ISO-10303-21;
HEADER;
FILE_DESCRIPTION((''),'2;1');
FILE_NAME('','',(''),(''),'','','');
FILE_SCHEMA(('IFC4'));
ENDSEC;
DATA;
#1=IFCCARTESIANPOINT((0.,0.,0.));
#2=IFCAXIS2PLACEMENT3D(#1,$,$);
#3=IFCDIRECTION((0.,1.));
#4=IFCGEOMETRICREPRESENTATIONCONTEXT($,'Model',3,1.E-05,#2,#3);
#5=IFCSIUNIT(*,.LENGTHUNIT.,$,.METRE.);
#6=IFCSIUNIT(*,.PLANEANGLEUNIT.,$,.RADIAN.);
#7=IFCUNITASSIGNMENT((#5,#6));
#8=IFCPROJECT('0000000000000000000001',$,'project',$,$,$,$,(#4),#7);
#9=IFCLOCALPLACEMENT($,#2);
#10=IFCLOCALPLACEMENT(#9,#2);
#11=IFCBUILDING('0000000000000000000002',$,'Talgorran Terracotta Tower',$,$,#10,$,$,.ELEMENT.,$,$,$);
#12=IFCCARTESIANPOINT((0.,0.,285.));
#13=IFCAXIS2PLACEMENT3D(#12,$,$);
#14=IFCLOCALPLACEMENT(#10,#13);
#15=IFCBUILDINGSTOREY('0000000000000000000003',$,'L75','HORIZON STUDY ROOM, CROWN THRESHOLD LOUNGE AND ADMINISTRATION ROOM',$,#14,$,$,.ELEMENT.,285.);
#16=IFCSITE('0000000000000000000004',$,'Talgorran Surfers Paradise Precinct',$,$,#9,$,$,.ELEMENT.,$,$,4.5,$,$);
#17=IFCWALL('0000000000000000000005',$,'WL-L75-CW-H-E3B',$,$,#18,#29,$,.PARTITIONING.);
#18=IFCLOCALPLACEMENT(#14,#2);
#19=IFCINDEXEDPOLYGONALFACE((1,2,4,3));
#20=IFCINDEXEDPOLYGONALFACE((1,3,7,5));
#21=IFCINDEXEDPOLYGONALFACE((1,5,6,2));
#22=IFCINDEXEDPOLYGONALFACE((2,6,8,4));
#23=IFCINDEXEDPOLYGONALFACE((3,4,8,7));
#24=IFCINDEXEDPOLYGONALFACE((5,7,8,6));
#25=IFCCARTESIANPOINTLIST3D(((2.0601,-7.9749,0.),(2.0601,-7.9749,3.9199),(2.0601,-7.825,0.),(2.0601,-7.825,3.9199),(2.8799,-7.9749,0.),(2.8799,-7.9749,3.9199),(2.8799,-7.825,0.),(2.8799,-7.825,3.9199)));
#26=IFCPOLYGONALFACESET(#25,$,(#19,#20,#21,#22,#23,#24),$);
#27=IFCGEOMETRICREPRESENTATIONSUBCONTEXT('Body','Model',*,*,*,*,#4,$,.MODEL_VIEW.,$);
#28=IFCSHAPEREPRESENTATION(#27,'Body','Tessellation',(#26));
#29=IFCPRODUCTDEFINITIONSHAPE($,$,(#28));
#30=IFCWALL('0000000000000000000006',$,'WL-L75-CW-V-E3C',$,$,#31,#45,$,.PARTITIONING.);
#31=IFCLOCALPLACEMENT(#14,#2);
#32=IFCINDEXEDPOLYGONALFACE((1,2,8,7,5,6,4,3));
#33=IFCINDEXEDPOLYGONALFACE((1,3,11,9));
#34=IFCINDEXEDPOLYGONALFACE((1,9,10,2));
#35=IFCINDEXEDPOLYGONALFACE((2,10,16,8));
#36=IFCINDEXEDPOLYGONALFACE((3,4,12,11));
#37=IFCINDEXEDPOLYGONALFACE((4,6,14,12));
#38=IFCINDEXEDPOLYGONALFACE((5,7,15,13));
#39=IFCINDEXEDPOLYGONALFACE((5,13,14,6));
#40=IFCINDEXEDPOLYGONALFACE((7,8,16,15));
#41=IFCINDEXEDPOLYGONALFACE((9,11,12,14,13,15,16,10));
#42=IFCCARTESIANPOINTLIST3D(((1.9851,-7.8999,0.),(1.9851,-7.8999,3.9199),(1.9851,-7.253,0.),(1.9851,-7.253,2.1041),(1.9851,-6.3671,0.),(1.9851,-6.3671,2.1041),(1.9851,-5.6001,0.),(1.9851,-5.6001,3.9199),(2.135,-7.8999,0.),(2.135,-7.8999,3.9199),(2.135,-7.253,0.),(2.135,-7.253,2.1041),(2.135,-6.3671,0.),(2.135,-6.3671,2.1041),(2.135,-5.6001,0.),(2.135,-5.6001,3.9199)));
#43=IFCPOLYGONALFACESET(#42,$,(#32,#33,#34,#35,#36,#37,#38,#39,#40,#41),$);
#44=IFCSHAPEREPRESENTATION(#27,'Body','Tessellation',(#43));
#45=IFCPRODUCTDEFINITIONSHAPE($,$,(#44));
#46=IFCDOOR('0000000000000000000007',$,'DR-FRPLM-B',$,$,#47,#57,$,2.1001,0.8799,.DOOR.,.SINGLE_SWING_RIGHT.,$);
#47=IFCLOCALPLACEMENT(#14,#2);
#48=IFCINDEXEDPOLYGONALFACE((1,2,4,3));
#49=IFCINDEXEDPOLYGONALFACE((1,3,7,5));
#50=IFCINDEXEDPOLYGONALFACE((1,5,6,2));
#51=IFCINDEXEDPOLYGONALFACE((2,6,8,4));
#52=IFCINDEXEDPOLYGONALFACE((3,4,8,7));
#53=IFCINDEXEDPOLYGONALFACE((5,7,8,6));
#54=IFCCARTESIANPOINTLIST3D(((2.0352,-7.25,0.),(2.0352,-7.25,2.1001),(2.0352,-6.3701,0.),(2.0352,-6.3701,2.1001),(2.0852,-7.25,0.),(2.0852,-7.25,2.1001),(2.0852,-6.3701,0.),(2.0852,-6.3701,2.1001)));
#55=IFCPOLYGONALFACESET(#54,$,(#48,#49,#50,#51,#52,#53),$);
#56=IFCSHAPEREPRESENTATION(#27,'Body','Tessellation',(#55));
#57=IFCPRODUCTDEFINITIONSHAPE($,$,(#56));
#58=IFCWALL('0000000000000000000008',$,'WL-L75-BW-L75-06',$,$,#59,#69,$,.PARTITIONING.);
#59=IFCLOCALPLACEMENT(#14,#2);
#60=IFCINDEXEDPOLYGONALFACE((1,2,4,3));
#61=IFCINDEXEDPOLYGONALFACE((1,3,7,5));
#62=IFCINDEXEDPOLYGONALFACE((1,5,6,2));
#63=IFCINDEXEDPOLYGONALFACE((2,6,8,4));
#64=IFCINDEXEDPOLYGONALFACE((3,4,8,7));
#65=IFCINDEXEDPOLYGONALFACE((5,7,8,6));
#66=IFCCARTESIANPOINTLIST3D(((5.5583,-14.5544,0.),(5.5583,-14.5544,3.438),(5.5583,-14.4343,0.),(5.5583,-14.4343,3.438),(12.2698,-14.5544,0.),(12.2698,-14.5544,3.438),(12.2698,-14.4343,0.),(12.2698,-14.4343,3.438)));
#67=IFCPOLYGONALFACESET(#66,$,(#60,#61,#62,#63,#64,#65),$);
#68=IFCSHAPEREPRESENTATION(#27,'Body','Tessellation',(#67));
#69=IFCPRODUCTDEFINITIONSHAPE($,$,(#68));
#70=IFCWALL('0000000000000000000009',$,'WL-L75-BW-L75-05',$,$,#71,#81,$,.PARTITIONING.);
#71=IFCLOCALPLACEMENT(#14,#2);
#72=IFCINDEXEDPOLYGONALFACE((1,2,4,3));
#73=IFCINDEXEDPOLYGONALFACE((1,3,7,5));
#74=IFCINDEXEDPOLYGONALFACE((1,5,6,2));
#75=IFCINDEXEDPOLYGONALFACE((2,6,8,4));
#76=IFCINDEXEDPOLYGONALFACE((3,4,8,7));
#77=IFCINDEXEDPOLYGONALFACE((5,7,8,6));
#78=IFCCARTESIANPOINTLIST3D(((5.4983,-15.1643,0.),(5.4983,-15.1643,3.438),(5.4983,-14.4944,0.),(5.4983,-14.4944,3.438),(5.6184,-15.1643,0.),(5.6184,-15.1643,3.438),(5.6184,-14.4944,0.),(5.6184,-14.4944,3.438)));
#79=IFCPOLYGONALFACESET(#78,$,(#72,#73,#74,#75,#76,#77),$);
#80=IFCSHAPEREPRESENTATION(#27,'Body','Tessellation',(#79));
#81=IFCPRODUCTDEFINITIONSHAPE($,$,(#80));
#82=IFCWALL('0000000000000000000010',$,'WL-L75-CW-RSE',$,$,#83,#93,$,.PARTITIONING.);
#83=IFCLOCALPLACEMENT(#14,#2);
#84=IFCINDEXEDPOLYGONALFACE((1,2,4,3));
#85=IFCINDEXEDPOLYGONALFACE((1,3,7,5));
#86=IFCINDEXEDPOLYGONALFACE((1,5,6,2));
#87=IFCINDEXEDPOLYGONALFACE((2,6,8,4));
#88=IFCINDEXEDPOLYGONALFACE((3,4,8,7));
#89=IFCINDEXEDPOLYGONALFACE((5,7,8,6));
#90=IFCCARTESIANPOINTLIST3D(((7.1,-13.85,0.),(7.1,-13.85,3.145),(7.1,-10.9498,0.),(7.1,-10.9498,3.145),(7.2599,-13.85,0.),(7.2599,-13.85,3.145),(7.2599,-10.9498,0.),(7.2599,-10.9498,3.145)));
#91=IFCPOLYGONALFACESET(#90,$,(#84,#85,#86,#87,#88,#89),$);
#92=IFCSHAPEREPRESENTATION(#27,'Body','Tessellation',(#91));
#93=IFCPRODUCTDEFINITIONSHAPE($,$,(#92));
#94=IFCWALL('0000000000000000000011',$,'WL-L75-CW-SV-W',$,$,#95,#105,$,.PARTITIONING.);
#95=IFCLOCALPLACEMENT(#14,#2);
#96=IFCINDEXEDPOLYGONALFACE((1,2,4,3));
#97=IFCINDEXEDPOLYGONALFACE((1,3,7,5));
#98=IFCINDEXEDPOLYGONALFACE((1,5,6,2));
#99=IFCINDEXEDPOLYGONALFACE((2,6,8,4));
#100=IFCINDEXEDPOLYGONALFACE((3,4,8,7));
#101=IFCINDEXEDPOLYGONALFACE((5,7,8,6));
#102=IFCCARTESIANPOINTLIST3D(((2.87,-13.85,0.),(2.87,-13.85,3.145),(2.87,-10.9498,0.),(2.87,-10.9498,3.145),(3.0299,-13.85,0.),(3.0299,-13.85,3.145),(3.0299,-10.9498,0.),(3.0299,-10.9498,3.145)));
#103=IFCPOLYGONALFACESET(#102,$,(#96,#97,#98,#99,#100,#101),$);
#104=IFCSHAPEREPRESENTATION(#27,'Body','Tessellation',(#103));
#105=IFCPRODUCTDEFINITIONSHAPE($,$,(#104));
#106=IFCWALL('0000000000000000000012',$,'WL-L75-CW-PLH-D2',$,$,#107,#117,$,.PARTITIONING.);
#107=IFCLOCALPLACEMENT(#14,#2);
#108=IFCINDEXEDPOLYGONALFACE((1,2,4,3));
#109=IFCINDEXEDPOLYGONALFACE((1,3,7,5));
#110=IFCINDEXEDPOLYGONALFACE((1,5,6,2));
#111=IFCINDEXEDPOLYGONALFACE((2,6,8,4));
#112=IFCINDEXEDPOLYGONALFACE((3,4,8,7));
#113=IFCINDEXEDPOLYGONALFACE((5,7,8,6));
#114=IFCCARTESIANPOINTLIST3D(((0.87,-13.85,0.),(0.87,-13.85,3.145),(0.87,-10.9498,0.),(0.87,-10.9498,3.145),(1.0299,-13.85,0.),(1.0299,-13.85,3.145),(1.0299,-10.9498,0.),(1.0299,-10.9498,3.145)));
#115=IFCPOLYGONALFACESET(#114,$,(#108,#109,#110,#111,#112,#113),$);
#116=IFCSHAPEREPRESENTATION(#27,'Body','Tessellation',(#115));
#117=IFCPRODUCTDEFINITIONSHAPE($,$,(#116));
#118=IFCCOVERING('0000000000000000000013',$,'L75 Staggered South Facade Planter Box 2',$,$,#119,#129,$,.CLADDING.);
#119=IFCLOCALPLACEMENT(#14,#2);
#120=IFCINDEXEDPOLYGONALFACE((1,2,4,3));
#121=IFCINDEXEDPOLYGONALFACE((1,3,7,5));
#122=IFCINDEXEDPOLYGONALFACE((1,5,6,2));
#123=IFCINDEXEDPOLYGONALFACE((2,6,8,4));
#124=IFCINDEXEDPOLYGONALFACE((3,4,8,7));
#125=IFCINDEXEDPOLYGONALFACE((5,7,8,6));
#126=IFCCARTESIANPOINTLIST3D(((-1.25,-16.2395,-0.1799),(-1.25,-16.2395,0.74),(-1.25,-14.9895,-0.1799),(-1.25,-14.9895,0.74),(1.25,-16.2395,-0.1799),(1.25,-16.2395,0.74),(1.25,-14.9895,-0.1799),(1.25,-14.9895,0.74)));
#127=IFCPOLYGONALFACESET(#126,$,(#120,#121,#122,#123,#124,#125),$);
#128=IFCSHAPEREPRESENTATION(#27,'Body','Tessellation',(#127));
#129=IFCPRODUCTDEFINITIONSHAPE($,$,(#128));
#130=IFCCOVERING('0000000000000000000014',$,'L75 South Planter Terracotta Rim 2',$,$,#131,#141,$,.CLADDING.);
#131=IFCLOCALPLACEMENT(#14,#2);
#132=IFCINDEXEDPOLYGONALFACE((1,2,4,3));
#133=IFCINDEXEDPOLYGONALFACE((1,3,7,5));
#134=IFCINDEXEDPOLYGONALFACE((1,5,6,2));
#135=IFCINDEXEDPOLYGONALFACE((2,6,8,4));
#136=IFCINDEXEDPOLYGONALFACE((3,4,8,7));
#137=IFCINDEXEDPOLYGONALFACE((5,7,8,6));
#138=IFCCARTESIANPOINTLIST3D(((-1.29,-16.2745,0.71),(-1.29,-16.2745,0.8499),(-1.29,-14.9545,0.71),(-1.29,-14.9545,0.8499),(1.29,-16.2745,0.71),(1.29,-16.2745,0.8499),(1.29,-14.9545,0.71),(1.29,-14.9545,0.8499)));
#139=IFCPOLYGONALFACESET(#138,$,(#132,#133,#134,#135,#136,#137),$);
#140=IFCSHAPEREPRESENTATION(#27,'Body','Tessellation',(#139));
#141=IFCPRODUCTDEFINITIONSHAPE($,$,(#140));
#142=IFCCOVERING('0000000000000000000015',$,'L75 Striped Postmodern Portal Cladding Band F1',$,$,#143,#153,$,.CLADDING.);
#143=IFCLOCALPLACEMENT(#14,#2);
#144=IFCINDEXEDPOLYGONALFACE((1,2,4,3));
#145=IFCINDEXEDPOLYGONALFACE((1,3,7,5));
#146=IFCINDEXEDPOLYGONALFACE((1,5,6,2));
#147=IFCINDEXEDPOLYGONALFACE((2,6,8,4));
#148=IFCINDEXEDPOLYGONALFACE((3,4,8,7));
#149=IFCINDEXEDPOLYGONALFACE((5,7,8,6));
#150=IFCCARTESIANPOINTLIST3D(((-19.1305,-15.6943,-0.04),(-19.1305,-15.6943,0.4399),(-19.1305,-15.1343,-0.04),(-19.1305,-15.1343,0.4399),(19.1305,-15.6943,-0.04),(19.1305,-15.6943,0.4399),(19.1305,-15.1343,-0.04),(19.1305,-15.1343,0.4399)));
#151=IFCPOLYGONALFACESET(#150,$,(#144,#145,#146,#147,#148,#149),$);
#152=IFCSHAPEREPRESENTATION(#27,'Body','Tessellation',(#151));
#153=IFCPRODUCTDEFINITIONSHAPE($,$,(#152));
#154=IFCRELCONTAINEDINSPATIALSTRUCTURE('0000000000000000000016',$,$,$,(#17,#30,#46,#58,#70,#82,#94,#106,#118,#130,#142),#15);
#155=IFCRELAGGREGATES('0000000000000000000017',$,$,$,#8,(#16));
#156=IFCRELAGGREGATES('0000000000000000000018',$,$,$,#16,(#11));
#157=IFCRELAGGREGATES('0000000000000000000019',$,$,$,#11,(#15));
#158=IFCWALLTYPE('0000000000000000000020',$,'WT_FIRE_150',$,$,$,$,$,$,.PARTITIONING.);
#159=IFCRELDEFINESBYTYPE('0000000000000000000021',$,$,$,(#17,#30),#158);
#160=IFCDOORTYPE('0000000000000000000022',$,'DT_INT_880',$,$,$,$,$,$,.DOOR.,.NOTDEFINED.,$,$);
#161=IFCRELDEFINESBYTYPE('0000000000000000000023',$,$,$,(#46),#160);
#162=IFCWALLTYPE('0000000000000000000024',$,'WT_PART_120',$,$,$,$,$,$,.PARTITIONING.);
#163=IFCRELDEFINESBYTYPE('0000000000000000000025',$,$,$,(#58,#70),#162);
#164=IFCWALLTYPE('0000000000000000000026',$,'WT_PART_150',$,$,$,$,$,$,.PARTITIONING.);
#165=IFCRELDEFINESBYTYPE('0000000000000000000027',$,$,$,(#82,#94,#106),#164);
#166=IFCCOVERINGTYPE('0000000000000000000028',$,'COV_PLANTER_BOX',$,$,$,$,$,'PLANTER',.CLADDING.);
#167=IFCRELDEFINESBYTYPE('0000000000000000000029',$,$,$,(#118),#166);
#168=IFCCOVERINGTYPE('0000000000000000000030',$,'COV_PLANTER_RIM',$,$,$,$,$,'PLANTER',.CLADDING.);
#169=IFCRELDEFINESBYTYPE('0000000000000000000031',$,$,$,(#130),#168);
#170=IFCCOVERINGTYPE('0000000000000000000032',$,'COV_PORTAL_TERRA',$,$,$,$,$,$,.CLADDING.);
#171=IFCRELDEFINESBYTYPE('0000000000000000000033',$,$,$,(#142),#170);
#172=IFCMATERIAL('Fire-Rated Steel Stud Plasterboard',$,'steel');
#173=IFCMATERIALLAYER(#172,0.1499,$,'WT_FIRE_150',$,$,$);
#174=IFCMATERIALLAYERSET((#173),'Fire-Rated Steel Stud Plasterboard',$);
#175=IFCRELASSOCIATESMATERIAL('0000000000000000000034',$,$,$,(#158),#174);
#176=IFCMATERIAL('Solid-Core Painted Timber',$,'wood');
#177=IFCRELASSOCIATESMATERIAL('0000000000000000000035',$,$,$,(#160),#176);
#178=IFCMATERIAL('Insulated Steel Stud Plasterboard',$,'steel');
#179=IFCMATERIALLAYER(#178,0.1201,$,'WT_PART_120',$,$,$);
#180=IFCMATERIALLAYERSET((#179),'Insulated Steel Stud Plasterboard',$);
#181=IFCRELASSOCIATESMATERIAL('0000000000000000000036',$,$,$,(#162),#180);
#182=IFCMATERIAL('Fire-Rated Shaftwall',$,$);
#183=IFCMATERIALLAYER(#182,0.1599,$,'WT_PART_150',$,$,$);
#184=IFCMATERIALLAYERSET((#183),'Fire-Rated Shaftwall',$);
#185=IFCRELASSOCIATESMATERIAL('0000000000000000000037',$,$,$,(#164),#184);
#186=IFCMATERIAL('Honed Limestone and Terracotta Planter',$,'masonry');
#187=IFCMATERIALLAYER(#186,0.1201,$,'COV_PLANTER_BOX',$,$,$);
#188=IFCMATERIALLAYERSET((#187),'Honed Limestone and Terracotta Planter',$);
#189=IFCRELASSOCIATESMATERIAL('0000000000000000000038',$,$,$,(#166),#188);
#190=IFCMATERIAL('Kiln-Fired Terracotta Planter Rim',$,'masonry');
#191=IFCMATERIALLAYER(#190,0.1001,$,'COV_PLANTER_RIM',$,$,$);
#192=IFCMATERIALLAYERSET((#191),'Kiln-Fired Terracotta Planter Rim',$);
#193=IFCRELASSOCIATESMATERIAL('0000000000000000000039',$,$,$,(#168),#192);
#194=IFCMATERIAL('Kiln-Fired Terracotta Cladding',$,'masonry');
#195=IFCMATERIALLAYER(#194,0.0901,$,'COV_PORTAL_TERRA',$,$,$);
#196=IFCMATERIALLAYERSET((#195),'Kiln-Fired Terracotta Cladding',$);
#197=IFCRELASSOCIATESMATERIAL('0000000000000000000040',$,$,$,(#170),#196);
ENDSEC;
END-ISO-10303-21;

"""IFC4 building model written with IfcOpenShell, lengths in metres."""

from ifc_helpers import new_model, si_unit, direction, frame, frame_2d, origin, origin_2d, place, context, subcontext, project, spatial, rectangle, extrude, material, layer, layer_set, type_object, element, fill, save


model = new_model("IFC4")

# Units and contexts
model_context = context("Model", 3, precision=1e-05, world=origin(), true_north=direction((0.0, 1.0)))
body_context = subcontext(model_context, "Body", "Model", "MODEL_VIEW")
ifc_project = project(units=[si_unit("LENGTHUNIT", "METRE"), si_unit("PLANEANGLEUNIT", "RADIAN")], contexts=[model_context])

# Site, building, storey
site_placement = place(None, origin())
site = spatial("IfcSite", under=ifc_project, at=site_placement, Name="Talgorran Surfers Paradise Precinct", CompositionType="ELEMENT", RefElevation=4.5)
building_placement = place(site_placement, origin())
building = spatial("IfcBuilding", under=site, at=building_placement, Name="Talgorran Terracotta Tower", CompositionType="ELEMENT")
storey_placement = place(building_placement, frame((0.0, 0.0, 285.0)))
storey = spatial("IfcBuildingStorey", under=building, at=storey_placement, Name="L75", Description="HORIZON STUDY ROOM, CROWN THRESHOLD LOUNGE AND ADMINISTRATION ROOM", CompositionType="ELEMENT", Elevation=285.0)

# Wall
ifc_material_1 = material(Name="Fire-Rated Steel Stud Plasterboard", Category="steel")
ifc_layer_1 = layer(ifc_material_1, 0.1499, Name="WT_FIRE_150")
ifc_layer_set_1 = layer_set([ifc_layer_1], Name="Fire-Rated Steel Stud Plasterboard")
wall_type_1 = type_object("IfcWallType", Name="WT_FIRE_150", PredefinedType="PARTITIONING", material=ifc_layer_set_1)
wall_1_placement = place(storey_placement, frame((2.0601, -7.8999, 0.0), z_axis=(0.0, 0.0, 1.0), x_axis=(1.0, 0.0, 0.0)))
element("IfcWall", 1, at=wall_1_placement, inside=storey, type_object=wall_type_1, Name="WL-L75-CW-H-E3B", PredefinedType="PARTITIONING", context=body_context, shape_type="SweptSolid", body=[
    extrude(rectangle(XDim=0.8198, YDim=0.1499, at=frame_2d((0.4099, 0.0))), origin(), (0.0, 0.0, 1.0), 3.9199),
])

# Wall, opening, door
wall_2_placement = place(storey_placement, frame((2.0601, -7.8999, 0.0), z_axis=(0.0, 0.0, 1.0), x_axis=(0.0, 1.0, 0.0)))
wall_2 = element("IfcWall", 2, at=wall_2_placement, inside=storey, type_object=wall_type_1, Name="WL-L75-CW-V-E3C", PredefinedType="PARTITIONING", context=body_context, shape_type="SweptSolid", body=[
    extrude(rectangle(XDim=2.2998, YDim=0.1499, at=frame_2d((1.1499, 0.0))), origin(), (0.0, 0.0, 1.0), 3.9199),
])
opening_1_placement = place(wall_2_placement, frame((0.6499, 0.0, 0.0)))
opening_1 = element("IfcOpeningElement", 3, at=opening_1_placement, cuts=wall_2, PredefinedType="OPENING", context=body_context, shape_type="SweptSolid", body=[
    extrude(rectangle(XDim=0.8859, YDim=2.1041, at=frame_2d((0.4399, 1.052))), frame((0.0, 0.085, 0.0), z_axis=(0.0, -1.0, 0.0), x_axis=(1.0, 0.0, 0.0)), (0.0, 0.0, 1.0), 0.1699),
])
ifc_material_2 = material(Name="Solid-Core Painted Timber", Category="wood")
door_type_1 = type_object("IfcDoorType", Name="DT_INT_880", OperationType="NOTDEFINED", PredefinedType="DOOR", material=ifc_material_2)
door_1_placement = place(opening_1_placement, origin())
door_1 = element("IfcDoor", 4, at=door_1_placement, inside=storey, type_object=door_type_1, Name="DR-FRPLM-B", OperationType="SINGLE_SWING_RIGHT", OverallHeight=2.1001, OverallWidth=0.8799, PredefinedType="DOOR", context=body_context, shape_type="SweptSolid", body=[
    extrude(rectangle(XDim=0.8799, YDim=2.1001, at=frame_2d((0.4399, 1.05))), frame((0.0, 0.0249, 0.0), z_axis=(0.0, -1.0, 0.0), x_axis=(1.0, 0.0, 0.0)), (0.0, 0.0, 1.0), 0.05),
])
fill(opening_1, door_1)

# Walls
ifc_material_3 = material(Name="Insulated Steel Stud Plasterboard", Category="steel")
ifc_layer_2 = layer(ifc_material_3, 0.1201, Name="WT_PART_120")
ifc_layer_set_2 = layer_set([ifc_layer_2], Name="Insulated Steel Stud Plasterboard")
wall_type_2 = type_object("IfcWallType", Name="WT_PART_120", PredefinedType="PARTITIONING", material=ifc_layer_set_2)
wall_3_placement = place(storey_placement, frame((5.5583, -14.4944, 0.0), z_axis=(0.0, 0.0, 1.0), x_axis=(1.0, 0.0, 0.0)))
element("IfcWall", 5, at=wall_3_placement, inside=storey, type_object=wall_type_2, Name="WL-L75-BW-L75-06", PredefinedType="PARTITIONING", context=body_context, shape_type="SweptSolid", body=[
    extrude(rectangle(XDim=6.7114, YDim=0.1201, at=frame_2d((3.3557, 0.0))), origin(), (0.0, 0.0, 1.0), 3.438),
])
wall_4_placement = place(storey_placement, frame((5.5583, -15.1643, 0.0), z_axis=(0.0, 0.0, 1.0), x_axis=(0.0, 1.0, 0.0)))
element("IfcWall", 6, at=wall_4_placement, inside=storey, type_object=wall_type_2, Name="WL-L75-BW-L75-05", PredefinedType="PARTITIONING", context=body_context, shape_type="SweptSolid", body=[
    extrude(rectangle(XDim=0.6699, YDim=0.1201, at=frame_2d((0.335, 0.0))), origin(), (0.0, 0.0, 1.0), 3.438),
])
ifc_material_4 = material(Name="Fire-Rated Shaftwall")
ifc_layer_3 = layer(ifc_material_4, 0.1599, Name="WT_PART_150")
ifc_layer_set_3 = layer_set([ifc_layer_3], Name="Fire-Rated Shaftwall")
wall_type_3 = type_object("IfcWallType", Name="WT_PART_150", PredefinedType="PARTITIONING", material=ifc_layer_set_3)
for number, where, z_axis, x_axis, name in (
    (7, (7.1799, -13.8501, 0.0), (0.0, 0.0, 1.0), (0.0, 1.0, 0.0), "WL-L75-CW-RSE"),
    (8, (2.95, -13.8501, 0.0), (0.0, 0.0, 1.0), (0.0, 1.0, 0.0), "WL-L75-CW-SV-W"),
    (9, (0.95, -13.8501, 0.0), (0.0, 0.0, 1.0), (0.0, 1.0, 0.0), "WL-L75-CW-PLH-D2"),
):
    element("IfcWall", number, at=place(storey_placement, frame(where, z_axis=z_axis, x_axis=x_axis)), inside=storey, type_object=wall_type_3, Name=name, PredefinedType="PARTITIONING", context=body_context, shape_type="SweptSolid", body=[
        extrude(rectangle(XDim=2.9001, YDim=0.1599, at=frame_2d((1.4502, 0.0))), origin(), (0.0, 0.0, 1.0), 3.145),
    ])

# Coverings
ifc_material_5 = material(Name="Honed Limestone and Terracotta Planter", Category="masonry")
ifc_layer_4 = layer(ifc_material_5, 0.1201, Name="COV_PLANTER_BOX")
ifc_layer_set_4 = layer_set([ifc_layer_4], Name="Honed Limestone and Terracotta Planter")
covering_type_1 = type_object("IfcCoveringType", Name="COV_PLANTER_BOX", ElementType="PLANTER", PredefinedType="CLADDING", material=ifc_layer_set_4)
covering_1_placement = place(storey_placement, frame((0.0, -15.6145, -0.1799), z_axis=(0.0, 0.0, 1.0), x_axis=(1.0, 0.0, 0.0)))
element("IfcCovering", 10, at=covering_1_placement, inside=storey, type_object=covering_type_1, Name="L75 Staggered South Facade Planter Box 2", PredefinedType="CLADDING", context=body_context, shape_type="SweptSolid", body=[
    extrude(rectangle(XDim=2.5, YDim=1.25, at=origin_2d()), origin(), (0.0, 0.0, 1.0), 0.9199),
])
ifc_material_6 = material(Name="Kiln-Fired Terracotta Planter Rim", Category="masonry")
ifc_layer_5 = layer(ifc_material_6, 0.1001, Name="COV_PLANTER_RIM")
ifc_layer_set_5 = layer_set([ifc_layer_5], Name="Kiln-Fired Terracotta Planter Rim")
covering_type_2 = type_object("IfcCoveringType", Name="COV_PLANTER_RIM", ElementType="PLANTER", PredefinedType="CLADDING", material=ifc_layer_set_5)
covering_2_placement = place(storey_placement, frame((0.0, -15.6145, 0.71), z_axis=(0.0, 0.0, 1.0), x_axis=(1.0, 0.0, 0.0)))
element("IfcCovering", 11, at=covering_2_placement, inside=storey, type_object=covering_type_2, Name="L75 South Planter Terracotta Rim 2", PredefinedType="CLADDING", context=body_context, shape_type="SweptSolid", body=[
    extrude(rectangle(XDim=2.5801, YDim=1.3201, at=origin_2d()), origin(), (0.0, 0.0, 1.0), 0.1399),
])
ifc_material_7 = material(Name="Kiln-Fired Terracotta Cladding", Category="masonry")
ifc_layer_6 = layer(ifc_material_7, 0.0901, Name="COV_PORTAL_TERRA")
ifc_layer_set_6 = layer_set([ifc_layer_6], Name="Kiln-Fired Terracotta Cladding")
covering_type_3 = type_object("IfcCoveringType", Name="COV_PORTAL_TERRA", PredefinedType="CLADDING", material=ifc_layer_set_6)
covering_3_placement = place(storey_placement, frame((0.0, -15.4143, -0.04), z_axis=(0.0, 0.0, 1.0), x_axis=(1.0, 0.0, 0.0)))
element("IfcCovering", 12, at=covering_3_placement, inside=storey, type_object=covering_type_3, Name="L75 Striped Postmodern Portal Cladding Band F1", PredefinedType="CLADDING", context=body_context, shape_type="SweptSolid", body=[
    extrude(rectangle(XDim=38.261, YDim=0.5601, at=origin_2d()), origin(), (0.0, 0.0, 1.0), 0.48),
])

save(model, "model.ifc")
